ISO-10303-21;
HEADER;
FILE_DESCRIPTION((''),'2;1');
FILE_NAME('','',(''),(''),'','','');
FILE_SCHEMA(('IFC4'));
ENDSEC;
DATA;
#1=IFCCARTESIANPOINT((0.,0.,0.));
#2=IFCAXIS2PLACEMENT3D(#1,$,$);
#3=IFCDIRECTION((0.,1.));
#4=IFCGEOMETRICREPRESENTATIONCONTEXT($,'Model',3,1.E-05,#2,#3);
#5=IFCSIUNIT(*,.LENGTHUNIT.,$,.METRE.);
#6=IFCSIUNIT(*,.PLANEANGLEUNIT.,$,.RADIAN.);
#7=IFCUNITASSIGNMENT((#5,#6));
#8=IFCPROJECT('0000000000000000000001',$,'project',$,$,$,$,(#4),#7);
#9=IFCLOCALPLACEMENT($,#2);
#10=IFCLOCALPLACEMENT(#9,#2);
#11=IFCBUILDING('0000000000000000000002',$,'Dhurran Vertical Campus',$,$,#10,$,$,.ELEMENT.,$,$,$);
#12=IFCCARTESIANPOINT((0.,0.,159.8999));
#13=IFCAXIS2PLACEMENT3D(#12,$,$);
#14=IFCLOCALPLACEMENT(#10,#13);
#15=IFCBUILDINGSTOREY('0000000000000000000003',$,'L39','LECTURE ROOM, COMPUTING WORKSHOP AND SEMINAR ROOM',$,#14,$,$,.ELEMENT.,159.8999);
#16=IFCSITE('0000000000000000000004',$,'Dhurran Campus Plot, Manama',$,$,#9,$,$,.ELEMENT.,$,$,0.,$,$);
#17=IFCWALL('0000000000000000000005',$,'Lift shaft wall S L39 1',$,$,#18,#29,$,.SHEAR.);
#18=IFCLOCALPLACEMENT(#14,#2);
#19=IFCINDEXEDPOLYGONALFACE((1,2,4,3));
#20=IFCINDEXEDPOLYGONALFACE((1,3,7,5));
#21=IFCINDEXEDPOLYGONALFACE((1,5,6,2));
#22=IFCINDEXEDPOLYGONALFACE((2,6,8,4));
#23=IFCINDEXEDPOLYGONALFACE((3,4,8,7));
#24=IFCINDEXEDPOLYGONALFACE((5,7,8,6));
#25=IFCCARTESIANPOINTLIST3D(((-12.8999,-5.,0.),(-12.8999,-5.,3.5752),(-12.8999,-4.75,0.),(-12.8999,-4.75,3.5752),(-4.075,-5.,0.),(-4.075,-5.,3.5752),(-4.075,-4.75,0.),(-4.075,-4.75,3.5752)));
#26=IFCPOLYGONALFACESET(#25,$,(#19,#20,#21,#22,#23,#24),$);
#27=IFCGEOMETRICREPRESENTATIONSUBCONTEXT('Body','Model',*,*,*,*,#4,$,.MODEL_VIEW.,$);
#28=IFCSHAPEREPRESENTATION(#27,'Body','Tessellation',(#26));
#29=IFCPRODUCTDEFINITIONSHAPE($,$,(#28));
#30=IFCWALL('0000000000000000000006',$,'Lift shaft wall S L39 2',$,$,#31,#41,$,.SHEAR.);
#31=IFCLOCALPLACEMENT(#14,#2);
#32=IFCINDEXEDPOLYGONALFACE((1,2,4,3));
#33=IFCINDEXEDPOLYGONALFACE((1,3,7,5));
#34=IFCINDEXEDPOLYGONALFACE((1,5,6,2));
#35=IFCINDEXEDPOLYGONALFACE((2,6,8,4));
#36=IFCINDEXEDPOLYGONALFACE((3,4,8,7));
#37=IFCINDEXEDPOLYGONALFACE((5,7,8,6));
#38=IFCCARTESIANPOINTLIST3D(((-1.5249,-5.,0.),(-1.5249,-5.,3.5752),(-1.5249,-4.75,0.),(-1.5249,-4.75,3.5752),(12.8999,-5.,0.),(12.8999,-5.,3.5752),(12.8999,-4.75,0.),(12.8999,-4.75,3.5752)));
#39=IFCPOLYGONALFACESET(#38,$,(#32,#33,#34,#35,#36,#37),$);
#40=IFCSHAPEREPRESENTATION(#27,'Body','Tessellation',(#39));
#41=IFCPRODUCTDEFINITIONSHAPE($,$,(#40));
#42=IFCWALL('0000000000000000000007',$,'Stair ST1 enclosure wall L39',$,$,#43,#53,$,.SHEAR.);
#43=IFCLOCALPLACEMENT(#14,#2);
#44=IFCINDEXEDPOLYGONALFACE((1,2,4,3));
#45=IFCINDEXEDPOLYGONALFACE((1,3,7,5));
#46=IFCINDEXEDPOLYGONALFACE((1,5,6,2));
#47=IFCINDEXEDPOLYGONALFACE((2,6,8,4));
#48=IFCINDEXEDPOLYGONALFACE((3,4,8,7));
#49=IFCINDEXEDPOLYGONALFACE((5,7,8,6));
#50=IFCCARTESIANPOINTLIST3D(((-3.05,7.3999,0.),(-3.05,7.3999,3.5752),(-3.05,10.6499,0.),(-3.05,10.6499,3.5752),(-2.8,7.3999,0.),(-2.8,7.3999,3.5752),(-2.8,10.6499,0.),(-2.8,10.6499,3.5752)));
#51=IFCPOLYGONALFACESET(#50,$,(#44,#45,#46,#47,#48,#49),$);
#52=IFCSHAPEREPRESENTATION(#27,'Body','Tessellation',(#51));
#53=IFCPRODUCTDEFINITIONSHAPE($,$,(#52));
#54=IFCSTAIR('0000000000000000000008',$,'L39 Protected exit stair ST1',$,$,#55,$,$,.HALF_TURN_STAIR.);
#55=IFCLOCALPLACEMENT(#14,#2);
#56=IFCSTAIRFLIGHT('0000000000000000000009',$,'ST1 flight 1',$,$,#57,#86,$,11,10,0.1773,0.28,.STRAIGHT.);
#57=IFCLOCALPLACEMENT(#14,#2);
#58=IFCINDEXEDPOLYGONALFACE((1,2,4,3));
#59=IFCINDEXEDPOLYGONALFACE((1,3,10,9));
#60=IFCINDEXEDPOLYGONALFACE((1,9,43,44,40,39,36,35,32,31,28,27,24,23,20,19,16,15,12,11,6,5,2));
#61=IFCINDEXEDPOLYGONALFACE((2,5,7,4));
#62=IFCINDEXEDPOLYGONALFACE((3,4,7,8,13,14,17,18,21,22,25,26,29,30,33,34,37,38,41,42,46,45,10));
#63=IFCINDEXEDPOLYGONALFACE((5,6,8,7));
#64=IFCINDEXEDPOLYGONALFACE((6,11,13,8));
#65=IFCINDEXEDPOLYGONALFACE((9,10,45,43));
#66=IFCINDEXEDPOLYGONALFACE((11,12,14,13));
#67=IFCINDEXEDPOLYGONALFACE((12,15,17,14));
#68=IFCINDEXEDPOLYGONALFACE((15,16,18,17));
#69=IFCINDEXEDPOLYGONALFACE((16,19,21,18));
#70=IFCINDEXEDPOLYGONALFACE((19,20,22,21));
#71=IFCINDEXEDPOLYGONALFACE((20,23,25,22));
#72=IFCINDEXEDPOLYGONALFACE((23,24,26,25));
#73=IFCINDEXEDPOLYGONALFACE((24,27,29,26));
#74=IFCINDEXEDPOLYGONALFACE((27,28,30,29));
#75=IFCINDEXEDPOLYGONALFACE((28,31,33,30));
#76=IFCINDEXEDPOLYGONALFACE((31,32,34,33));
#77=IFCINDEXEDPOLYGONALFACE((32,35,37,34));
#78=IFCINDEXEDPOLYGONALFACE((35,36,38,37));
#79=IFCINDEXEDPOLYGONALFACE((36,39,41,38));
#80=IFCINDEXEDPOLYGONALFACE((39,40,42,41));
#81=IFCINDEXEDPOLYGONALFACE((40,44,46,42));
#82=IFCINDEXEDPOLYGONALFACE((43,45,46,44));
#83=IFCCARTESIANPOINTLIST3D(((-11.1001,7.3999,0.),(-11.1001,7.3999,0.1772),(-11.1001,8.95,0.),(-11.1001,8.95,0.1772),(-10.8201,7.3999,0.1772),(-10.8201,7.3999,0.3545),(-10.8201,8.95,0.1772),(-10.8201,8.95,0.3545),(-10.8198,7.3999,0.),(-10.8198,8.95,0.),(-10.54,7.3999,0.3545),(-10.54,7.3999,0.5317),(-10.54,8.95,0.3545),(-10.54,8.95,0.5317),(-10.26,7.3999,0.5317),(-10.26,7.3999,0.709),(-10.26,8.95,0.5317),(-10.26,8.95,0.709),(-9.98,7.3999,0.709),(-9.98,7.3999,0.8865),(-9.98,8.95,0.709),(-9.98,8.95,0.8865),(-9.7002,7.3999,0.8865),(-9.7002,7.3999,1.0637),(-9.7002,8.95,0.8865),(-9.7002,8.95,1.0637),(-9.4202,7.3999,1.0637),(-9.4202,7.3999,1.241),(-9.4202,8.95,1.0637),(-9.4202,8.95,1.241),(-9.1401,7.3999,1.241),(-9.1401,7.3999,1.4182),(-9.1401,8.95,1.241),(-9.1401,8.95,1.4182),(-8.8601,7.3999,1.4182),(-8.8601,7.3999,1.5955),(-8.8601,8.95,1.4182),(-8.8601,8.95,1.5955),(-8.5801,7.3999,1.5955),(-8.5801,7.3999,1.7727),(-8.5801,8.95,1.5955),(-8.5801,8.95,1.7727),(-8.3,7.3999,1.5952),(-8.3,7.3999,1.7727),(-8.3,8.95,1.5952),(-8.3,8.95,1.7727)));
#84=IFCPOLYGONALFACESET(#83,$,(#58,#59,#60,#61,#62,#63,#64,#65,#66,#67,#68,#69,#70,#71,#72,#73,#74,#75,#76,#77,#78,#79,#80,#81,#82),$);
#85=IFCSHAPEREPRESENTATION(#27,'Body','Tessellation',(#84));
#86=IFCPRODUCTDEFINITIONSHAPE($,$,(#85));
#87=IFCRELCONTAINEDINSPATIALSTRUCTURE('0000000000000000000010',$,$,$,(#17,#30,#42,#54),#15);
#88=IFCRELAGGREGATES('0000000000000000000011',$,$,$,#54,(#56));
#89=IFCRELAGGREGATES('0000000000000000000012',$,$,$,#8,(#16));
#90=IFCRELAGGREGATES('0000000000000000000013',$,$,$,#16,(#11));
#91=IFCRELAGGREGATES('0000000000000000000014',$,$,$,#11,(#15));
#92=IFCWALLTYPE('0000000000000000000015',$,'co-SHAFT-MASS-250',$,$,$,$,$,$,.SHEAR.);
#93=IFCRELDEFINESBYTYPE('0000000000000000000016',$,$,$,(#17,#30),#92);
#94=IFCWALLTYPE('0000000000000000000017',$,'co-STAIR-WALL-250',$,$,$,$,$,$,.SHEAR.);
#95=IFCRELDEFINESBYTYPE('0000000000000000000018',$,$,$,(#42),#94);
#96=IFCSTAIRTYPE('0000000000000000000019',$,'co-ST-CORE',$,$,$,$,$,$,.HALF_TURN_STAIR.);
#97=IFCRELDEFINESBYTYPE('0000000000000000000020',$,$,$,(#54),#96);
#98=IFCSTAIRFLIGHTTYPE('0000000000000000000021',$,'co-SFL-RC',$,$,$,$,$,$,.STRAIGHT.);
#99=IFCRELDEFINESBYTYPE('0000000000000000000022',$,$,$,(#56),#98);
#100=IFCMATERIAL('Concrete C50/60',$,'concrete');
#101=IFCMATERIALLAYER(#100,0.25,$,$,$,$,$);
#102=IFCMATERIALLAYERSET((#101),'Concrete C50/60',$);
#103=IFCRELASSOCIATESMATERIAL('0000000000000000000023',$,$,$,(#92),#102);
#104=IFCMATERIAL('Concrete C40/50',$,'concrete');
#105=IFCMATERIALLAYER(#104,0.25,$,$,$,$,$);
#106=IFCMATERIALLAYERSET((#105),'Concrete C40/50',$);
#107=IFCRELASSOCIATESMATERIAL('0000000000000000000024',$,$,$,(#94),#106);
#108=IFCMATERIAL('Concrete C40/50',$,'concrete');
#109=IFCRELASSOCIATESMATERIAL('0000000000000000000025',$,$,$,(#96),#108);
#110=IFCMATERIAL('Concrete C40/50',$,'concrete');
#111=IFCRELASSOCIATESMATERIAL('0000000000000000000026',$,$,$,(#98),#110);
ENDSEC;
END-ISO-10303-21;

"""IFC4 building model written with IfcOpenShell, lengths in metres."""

from ifc_helpers import new_model, si_unit, direction, frame, frame_2d, origin, place, context, subcontext, project, spatial, polyline, rectangle, outline, extrude, material, layer, layer_set, type_object, element, aggregate, save


model = new_model("IFC4")

# Units and contexts
model_context = context("Model", 3, precision=1e-05, world=origin(), true_north=direction((0.0, 1.0)))
body_context = subcontext(model_context, "Body", "Model", "MODEL_VIEW")
ifc_project = project(units=[si_unit("LENGTHUNIT", "METRE"), si_unit("PLANEANGLEUNIT", "RADIAN")], contexts=[model_context])

# Site, building, storey
site_placement = place(None, origin())
site = spatial("IfcSite", under=ifc_project, at=site_placement, Name="Dhurran Campus Plot, Manama", CompositionType="ELEMENT", RefElevation=0.0)
building_placement = place(site_placement, origin())
building = spatial("IfcBuilding", under=site, at=building_placement, Name="Dhurran Vertical Campus", CompositionType="ELEMENT")
storey_placement = place(building_placement, frame((0.0, 0.0, 159.8999)))
storey = spatial("IfcBuildingStorey", under=building, at=storey_placement, Name="L39", Description="LECTURE ROOM, COMPUTING WORKSHOP AND SEMINAR ROOM", CompositionType="ELEMENT", Elevation=159.8999)

# Walls
ifc_material_1 = material(Name="Concrete C50/60", Category="concrete")
ifc_layer_1 = layer(ifc_material_1, 0.25)
ifc_layer_set_1 = layer_set([ifc_layer_1], Name="Concrete C50/60")
wall_type_1 = type_object("IfcWallType", Name="co-SHAFT-MASS-250", PredefinedType="SHEAR", material=ifc_layer_set_1)
wall_1_placement = place(storey_placement, origin())
element("IfcWall", 1, at=wall_1_placement, inside=storey, type_object=wall_type_1, Name="Lift shaft wall S L39 1", PredefinedType="SHEAR", context=body_context, shape_type="SweptSolid", body=[
    extrude(outline(polyline([(-12.8999, -5.0), (-4.075, -5.0), (-4.075, -4.75), (-12.8999, -4.75), (-12.8999, -5.0)])), origin(), (0.0, 0.0, 1.0), 3.5752),
])
wall_2_placement = place(storey_placement, origin())
element("IfcWall", 2, at=wall_2_placement, inside=storey, type_object=wall_type_1, Name="Lift shaft wall S L39 2", PredefinedType="SHEAR", context=body_context, shape_type="SweptSolid", body=[
    extrude(outline(polyline([(-1.5249, -5.0), (12.8999, -5.0), (12.8999, -4.75), (-1.5249, -4.75), (-1.5249, -5.0)])), origin(), (0.0, 0.0, 1.0), 3.5752),
])
ifc_material_2 = material(Name="Concrete C40/50", Category="concrete")
ifc_layer_2 = layer(ifc_material_2, 0.25)
ifc_layer_set_2 = layer_set([ifc_layer_2], Name="Concrete C40/50")
wall_type_2 = type_object("IfcWallType", Name="co-STAIR-WALL-250", PredefinedType="SHEAR", material=ifc_layer_set_2)
wall_3_placement = place(storey_placement, frame((-2.925, 7.3999, 0.0), z_axis=(0.0, 0.0, 1.0), x_axis=(0.0, 1.0, 0.0)))
element("IfcWall", 3, at=wall_3_placement, inside=storey, type_object=wall_type_2, Name="Stair ST1 enclosure wall L39", PredefinedType="SHEAR", context=body_context, shape_type="SweptSolid", body=[
    extrude(rectangle(XDim=3.25, YDim=0.25, at=frame_2d((1.625, 0.0))), origin(), (0.0, 0.0, 1.0), 3.5752),
])

# Stair, stair flight
ifc_material_3 = material(Name="Concrete C40/50", Category="concrete")
stair_type = type_object("IfcStairType", Name="co-ST-CORE", PredefinedType="HALF_TURN_STAIR", material=ifc_material_3)
stair_placement = place(storey_placement, origin())
stair = element("IfcStair", 4, at=stair_placement, inside=storey, type_object=stair_type, Name="L39 Protected exit stair ST1", PredefinedType="HALF_TURN_STAIR")
ifc_material_4 = material(Name="Concrete C40/50", Category="concrete")
stair_flight_type = type_object("IfcStairFlightType", Name="co-SFL-RC", PredefinedType="STRAIGHT", material=ifc_material_4)
stair_flight_placement = place(storey_placement, frame((-11.1001, 8.175, 0.0), z_axis=(0.0, 0.0, 1.0), x_axis=(1.0, 0.0, 0.0)))
stair_flight = element("IfcStairFlight", 5, at=stair_flight_placement, type_object=stair_flight_type, Name="ST1 flight 1", NumberOfRisers=11, NumberOfTreads=10, PredefinedType="STRAIGHT", RiserHeight=0.1773, TreadLength=0.28, context=body_context, shape_type="SweptSolid", body=[
    extrude(outline(polyline([(0.0, 0.0), (0.0, 0.1772), (0.28, 0.1772), (0.28, 0.3545), (0.5601, 0.3545), (0.5601, 0.5317), (0.8401, 0.5317), (0.8401, 0.709), (1.1201, 0.709), (1.1201, 0.8865), (1.3999, 0.8865), (1.3999, 1.0637), (1.6799, 1.0637), (1.6799, 1.241), (1.96, 1.241), (1.96, 1.4182), (2.24, 1.4182), (2.24, 1.5955), (2.52, 1.5955), (2.52, 1.7727), (2.8, 1.7727), (2.8, 1.95), (2.8, 1.5952), (0.2803, 0.0), (0.0, 0.0)])), frame((0.0, 0.7749, 0.0), z_axis=(0.0, -1.0, 0.0), x_axis=(1.0, 0.0, 0.0)), (0.0, 0.0, 1.0), 1.55),
])
aggregate(stair, [stair_flight])

save(model, "model.ifc")
